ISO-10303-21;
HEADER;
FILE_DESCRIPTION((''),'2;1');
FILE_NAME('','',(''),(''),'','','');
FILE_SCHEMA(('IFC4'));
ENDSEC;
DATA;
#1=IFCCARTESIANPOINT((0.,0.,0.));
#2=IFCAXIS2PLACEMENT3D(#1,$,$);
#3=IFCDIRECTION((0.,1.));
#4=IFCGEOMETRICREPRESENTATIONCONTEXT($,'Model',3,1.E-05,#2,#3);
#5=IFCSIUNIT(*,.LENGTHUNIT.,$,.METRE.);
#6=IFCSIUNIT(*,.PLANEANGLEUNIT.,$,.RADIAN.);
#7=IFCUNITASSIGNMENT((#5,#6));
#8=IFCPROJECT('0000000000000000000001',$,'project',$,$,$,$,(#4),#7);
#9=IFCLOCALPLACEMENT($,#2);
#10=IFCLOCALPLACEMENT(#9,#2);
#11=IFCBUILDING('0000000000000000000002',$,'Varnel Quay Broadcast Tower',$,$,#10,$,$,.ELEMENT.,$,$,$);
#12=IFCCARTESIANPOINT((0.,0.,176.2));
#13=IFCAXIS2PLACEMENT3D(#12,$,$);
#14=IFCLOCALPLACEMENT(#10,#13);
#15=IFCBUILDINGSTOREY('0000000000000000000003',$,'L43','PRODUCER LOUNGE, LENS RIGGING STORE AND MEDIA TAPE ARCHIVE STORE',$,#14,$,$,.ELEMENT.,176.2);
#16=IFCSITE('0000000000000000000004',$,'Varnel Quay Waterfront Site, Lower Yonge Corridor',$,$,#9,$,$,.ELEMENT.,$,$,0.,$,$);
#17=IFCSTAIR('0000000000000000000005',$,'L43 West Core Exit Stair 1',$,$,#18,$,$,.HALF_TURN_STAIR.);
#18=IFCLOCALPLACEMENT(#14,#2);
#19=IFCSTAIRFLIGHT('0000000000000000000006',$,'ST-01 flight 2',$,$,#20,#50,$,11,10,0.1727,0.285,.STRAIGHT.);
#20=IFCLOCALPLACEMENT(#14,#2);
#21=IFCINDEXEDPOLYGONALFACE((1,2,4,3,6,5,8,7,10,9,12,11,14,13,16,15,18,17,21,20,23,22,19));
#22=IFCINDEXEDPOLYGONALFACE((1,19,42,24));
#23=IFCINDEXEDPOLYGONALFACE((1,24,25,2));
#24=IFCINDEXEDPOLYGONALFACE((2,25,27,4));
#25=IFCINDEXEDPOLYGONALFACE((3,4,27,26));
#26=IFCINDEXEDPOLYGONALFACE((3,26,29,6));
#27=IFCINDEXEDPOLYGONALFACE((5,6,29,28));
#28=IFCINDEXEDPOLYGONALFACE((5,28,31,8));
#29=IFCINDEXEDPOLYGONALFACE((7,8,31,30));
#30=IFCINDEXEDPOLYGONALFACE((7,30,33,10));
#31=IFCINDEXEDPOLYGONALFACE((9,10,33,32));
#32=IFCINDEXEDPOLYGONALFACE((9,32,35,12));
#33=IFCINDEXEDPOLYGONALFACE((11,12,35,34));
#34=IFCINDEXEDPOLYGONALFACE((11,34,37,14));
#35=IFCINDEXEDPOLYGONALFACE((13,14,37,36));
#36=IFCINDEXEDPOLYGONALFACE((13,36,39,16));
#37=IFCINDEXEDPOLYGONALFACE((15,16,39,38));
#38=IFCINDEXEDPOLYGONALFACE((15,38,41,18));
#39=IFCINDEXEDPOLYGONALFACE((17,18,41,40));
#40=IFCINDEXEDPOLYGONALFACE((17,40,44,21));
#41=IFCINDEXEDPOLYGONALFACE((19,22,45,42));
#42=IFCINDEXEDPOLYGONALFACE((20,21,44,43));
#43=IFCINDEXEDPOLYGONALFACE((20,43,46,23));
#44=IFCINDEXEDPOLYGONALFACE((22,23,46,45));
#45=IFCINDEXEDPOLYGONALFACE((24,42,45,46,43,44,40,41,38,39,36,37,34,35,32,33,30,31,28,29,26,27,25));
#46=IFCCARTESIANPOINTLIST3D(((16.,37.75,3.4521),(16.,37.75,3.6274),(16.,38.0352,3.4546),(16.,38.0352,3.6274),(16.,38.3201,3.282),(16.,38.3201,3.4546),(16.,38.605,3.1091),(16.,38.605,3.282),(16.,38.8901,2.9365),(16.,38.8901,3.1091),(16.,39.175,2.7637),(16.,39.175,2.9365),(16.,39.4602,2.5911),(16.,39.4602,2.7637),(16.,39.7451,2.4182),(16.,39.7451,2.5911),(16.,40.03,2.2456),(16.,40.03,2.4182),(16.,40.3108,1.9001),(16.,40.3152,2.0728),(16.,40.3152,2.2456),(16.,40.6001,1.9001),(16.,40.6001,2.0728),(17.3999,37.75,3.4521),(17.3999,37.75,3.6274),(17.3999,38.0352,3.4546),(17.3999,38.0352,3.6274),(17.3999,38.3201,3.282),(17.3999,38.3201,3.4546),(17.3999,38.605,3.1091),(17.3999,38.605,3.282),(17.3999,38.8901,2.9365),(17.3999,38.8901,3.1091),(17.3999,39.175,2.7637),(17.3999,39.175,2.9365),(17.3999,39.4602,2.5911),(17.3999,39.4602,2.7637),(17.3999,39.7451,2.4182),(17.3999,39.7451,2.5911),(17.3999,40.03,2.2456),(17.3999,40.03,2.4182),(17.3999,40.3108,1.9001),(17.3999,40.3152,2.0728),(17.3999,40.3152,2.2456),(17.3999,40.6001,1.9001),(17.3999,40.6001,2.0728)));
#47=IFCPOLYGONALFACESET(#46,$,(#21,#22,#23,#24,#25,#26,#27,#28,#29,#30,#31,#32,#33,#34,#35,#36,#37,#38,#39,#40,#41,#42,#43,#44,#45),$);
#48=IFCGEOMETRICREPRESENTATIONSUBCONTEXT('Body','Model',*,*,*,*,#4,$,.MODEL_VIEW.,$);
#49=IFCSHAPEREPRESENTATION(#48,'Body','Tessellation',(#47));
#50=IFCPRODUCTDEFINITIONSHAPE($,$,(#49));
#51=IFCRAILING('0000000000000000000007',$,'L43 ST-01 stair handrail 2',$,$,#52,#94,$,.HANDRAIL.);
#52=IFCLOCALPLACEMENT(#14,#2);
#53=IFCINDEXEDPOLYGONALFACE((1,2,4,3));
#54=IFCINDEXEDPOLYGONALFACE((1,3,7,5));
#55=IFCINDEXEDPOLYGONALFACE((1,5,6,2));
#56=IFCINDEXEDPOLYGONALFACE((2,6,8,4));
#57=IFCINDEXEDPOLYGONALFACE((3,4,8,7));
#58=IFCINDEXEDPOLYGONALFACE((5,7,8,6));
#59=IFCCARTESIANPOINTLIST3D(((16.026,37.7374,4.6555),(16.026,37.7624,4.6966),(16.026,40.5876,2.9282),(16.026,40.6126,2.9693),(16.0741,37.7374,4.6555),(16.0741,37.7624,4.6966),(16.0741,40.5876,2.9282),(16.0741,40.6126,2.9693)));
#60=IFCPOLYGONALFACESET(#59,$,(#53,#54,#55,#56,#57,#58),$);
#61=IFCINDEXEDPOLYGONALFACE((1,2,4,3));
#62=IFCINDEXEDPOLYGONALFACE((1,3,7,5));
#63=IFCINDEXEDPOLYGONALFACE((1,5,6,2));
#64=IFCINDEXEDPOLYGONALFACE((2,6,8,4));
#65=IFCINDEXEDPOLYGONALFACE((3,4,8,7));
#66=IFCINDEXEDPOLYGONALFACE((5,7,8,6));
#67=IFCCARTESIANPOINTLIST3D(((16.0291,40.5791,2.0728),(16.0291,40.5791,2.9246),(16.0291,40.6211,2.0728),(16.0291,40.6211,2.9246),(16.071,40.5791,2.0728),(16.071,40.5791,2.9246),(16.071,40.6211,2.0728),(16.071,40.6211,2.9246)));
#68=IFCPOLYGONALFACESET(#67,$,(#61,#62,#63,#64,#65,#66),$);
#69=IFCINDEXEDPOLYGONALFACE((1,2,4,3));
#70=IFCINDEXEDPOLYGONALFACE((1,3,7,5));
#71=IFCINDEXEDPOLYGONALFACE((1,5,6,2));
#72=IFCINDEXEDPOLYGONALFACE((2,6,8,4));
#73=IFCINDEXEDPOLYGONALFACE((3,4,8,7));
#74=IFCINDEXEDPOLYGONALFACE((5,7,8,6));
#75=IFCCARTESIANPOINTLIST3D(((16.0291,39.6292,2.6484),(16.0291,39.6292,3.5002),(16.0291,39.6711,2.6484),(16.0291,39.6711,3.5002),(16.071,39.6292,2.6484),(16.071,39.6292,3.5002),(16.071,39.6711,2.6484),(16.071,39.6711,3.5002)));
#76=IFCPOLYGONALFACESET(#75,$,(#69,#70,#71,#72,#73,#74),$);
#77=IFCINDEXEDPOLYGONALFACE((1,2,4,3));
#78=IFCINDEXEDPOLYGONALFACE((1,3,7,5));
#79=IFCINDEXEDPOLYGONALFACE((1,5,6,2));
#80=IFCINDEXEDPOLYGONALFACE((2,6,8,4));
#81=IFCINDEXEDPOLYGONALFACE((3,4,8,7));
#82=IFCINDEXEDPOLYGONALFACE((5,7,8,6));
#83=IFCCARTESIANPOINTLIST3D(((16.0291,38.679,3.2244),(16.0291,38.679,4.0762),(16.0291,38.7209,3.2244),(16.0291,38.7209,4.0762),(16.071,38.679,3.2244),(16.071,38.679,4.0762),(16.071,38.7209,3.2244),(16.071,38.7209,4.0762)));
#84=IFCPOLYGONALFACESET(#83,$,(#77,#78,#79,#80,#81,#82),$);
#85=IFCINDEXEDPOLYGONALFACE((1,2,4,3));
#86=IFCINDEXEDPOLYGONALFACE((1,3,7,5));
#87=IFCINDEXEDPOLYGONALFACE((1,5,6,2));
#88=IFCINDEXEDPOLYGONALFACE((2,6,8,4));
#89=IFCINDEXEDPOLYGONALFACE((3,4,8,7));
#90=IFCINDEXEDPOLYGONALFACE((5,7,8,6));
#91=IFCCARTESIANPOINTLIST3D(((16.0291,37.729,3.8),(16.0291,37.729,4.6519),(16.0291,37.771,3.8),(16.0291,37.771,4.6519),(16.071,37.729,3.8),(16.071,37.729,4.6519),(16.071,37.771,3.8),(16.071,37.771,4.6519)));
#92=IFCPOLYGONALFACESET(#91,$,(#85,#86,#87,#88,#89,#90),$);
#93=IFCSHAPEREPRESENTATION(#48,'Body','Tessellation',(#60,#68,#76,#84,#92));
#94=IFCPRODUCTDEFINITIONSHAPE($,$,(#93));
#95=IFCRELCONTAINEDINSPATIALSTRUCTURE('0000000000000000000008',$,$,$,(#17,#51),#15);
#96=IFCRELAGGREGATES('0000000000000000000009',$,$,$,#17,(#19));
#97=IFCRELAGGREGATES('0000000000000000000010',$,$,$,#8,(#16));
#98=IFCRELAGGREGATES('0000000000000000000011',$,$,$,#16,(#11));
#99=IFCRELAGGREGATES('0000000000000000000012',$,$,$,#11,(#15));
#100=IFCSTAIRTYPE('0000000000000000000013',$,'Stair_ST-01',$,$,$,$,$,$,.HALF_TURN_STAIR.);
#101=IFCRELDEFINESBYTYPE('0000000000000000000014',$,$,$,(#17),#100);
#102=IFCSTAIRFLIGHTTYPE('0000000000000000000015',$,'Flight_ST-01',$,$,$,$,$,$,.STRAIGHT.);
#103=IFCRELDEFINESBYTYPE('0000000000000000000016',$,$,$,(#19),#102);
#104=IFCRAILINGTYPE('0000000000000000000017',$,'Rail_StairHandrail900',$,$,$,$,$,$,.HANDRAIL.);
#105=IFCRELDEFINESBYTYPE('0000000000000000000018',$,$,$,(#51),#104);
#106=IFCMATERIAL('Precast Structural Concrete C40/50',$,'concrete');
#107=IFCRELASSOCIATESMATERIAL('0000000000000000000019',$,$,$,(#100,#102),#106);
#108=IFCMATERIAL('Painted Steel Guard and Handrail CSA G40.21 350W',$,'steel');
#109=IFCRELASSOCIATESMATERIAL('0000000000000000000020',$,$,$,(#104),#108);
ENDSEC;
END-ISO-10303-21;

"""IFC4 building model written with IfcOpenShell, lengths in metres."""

from ifc_helpers import new_model, si_unit, direction, frame, origin, origin_2d, place, context, subcontext, project, spatial, polyline, rectangle, outline, extrude, material, type_object, element, aggregate, save


model = new_model("IFC4")

# Units and contexts
model_context = context("Model", 3, precision=1e-05, world=origin(), true_north=direction((0.0, 1.0)))
body_context = subcontext(model_context, "Body", "Model", "MODEL_VIEW")
ifc_project = project(units=[si_unit("LENGTHUNIT", "METRE"), si_unit("PLANEANGLEUNIT", "RADIAN")], contexts=[model_context])

# Site, building, storey
site_placement = place(None, origin())
site = spatial("IfcSite", under=ifc_project, at=site_placement, Name="Varnel Quay Waterfront Site, Lower Yonge Corridor", CompositionType="ELEMENT", RefElevation=0.0)
building_placement = place(site_placement, origin())
building = spatial("IfcBuilding", under=site, at=building_placement, Name="Varnel Quay Broadcast Tower", CompositionType="ELEMENT")
storey_placement = place(building_placement, frame((0.0, 0.0, 176.2)))
storey = spatial("IfcBuildingStorey", under=building, at=storey_placement, Name="L43", Description="PRODUCER LOUNGE, LENS RIGGING STORE AND MEDIA TAPE ARCHIVE STORE", CompositionType="ELEMENT", Elevation=176.2)

# Stair, stair flight
ifc_material_1 = material(Name="Precast Structural Concrete C40/50", Category="concrete")
stair_type = type_object("IfcStairType", Name="Stair_ST-01", PredefinedType="HALF_TURN_STAIR", material=ifc_material_1)
stair_placement = place(storey_placement, origin())
stair = element("IfcStair", 1, at=stair_placement, inside=storey, type_object=stair_type, Name="L43 West Core Exit Stair 1", PredefinedType="HALF_TURN_STAIR")
stair_flight_type = type_object("IfcStairFlightType", Name="Flight_ST-01", PredefinedType="STRAIGHT", material=ifc_material_1)
stair_flight_placement = place(storey_placement, frame((16.7, 40.6001, 1.9001), z_axis=(0.0, 0.0, 1.0), x_axis=(0.0, -1.0, 0.0)))
stair_flight = element("IfcStairFlight", 2, at=stair_flight_placement, type_object=stair_flight_type, Name="ST-01 flight 2", NumberOfRisers=11, NumberOfTreads=10, PredefinedType="STRAIGHT", RiserHeight=0.1727, TreadLength=0.285, context=body_context, shape_type="SweptSolid", body=[
    extrude(outline(polyline([(0.0, 0.0), (0.0, 0.1726), (0.2849, 0.1726), (0.2849, 0.3455), (0.5701, 0.3455), (0.5701, 0.5181), (0.855, 0.5181), (0.855, 0.6909), (1.1399, 0.6909), (1.1399, 0.8635), (1.425, 0.8635), (1.425, 1.0364), (1.71, 1.0364), (1.71, 1.209), (1.9951, 1.209), (1.9951, 1.3818), (2.28, 1.3818), (2.28, 1.5544), (2.5649, 1.5544), (2.5649, 1.7273), (2.8501, 1.7273), (2.8501, 1.8999), (2.8501, 1.552), (0.2893, 0.0), (0.0, 0.0)])), frame((0.0, 0.7, 0.0), z_axis=(0.0, -1.0, 0.0), x_axis=(1.0, 0.0, 0.0)), (0.0, 0.0, 1.0), 1.3999),
])
aggregate(stair, [stair_flight])

# Railing
ifc_material_2 = material(Name="Painted Steel Guard and Handrail CSA G40.21 350W", Category="steel")
railing_type = type_object("IfcRailingType", Name="Rail_StairHandrail900", PredefinedType="HANDRAIL", material=ifc_material_2)
railing_placement = place(storey_placement, frame((16.05, 40.6001, 2.0728)))
element("IfcRailing", 3, at=railing_placement, inside=storey, type_object=railing_type, Name="L43 ST-01 stair handrail 2", PredefinedType="HANDRAIL", context=body_context, shape_type="SweptSolid", body=[
    extrude(rectangle(XDim=0.0481, YDim=0.0481, at=origin_2d()), frame((0.0, 0.0, 0.876), z_axis=(0.0, -0.855203, 0.518294), x_axis=(1.0, 0.0, 0.0)), (0.0, 0.0, 1.0), 3.3328),
    extrude(rectangle(XDim=0.042, YDim=0.042, at=origin_2d()), origin(), (0.0, 0.0, 1.0), 0.8518),
    extrude(rectangle(XDim=0.042, YDim=0.042, at=origin_2d()), frame((0.0, -0.95, 0.5757)), (0.0, 0.0, 1.0), 0.8518),
    extrude(rectangle(XDim=0.042, YDim=0.042, at=origin_2d()), frame((0.0, -1.9001, 1.1516)), (0.0, 0.0, 1.0), 0.8518),
    extrude(rectangle(XDim=0.042, YDim=0.042, at=origin_2d()), frame((0.0, -2.8501, 1.7273)), (0.0, 0.0, 1.0), 0.8518),
])

save(model, "model.ifc")
